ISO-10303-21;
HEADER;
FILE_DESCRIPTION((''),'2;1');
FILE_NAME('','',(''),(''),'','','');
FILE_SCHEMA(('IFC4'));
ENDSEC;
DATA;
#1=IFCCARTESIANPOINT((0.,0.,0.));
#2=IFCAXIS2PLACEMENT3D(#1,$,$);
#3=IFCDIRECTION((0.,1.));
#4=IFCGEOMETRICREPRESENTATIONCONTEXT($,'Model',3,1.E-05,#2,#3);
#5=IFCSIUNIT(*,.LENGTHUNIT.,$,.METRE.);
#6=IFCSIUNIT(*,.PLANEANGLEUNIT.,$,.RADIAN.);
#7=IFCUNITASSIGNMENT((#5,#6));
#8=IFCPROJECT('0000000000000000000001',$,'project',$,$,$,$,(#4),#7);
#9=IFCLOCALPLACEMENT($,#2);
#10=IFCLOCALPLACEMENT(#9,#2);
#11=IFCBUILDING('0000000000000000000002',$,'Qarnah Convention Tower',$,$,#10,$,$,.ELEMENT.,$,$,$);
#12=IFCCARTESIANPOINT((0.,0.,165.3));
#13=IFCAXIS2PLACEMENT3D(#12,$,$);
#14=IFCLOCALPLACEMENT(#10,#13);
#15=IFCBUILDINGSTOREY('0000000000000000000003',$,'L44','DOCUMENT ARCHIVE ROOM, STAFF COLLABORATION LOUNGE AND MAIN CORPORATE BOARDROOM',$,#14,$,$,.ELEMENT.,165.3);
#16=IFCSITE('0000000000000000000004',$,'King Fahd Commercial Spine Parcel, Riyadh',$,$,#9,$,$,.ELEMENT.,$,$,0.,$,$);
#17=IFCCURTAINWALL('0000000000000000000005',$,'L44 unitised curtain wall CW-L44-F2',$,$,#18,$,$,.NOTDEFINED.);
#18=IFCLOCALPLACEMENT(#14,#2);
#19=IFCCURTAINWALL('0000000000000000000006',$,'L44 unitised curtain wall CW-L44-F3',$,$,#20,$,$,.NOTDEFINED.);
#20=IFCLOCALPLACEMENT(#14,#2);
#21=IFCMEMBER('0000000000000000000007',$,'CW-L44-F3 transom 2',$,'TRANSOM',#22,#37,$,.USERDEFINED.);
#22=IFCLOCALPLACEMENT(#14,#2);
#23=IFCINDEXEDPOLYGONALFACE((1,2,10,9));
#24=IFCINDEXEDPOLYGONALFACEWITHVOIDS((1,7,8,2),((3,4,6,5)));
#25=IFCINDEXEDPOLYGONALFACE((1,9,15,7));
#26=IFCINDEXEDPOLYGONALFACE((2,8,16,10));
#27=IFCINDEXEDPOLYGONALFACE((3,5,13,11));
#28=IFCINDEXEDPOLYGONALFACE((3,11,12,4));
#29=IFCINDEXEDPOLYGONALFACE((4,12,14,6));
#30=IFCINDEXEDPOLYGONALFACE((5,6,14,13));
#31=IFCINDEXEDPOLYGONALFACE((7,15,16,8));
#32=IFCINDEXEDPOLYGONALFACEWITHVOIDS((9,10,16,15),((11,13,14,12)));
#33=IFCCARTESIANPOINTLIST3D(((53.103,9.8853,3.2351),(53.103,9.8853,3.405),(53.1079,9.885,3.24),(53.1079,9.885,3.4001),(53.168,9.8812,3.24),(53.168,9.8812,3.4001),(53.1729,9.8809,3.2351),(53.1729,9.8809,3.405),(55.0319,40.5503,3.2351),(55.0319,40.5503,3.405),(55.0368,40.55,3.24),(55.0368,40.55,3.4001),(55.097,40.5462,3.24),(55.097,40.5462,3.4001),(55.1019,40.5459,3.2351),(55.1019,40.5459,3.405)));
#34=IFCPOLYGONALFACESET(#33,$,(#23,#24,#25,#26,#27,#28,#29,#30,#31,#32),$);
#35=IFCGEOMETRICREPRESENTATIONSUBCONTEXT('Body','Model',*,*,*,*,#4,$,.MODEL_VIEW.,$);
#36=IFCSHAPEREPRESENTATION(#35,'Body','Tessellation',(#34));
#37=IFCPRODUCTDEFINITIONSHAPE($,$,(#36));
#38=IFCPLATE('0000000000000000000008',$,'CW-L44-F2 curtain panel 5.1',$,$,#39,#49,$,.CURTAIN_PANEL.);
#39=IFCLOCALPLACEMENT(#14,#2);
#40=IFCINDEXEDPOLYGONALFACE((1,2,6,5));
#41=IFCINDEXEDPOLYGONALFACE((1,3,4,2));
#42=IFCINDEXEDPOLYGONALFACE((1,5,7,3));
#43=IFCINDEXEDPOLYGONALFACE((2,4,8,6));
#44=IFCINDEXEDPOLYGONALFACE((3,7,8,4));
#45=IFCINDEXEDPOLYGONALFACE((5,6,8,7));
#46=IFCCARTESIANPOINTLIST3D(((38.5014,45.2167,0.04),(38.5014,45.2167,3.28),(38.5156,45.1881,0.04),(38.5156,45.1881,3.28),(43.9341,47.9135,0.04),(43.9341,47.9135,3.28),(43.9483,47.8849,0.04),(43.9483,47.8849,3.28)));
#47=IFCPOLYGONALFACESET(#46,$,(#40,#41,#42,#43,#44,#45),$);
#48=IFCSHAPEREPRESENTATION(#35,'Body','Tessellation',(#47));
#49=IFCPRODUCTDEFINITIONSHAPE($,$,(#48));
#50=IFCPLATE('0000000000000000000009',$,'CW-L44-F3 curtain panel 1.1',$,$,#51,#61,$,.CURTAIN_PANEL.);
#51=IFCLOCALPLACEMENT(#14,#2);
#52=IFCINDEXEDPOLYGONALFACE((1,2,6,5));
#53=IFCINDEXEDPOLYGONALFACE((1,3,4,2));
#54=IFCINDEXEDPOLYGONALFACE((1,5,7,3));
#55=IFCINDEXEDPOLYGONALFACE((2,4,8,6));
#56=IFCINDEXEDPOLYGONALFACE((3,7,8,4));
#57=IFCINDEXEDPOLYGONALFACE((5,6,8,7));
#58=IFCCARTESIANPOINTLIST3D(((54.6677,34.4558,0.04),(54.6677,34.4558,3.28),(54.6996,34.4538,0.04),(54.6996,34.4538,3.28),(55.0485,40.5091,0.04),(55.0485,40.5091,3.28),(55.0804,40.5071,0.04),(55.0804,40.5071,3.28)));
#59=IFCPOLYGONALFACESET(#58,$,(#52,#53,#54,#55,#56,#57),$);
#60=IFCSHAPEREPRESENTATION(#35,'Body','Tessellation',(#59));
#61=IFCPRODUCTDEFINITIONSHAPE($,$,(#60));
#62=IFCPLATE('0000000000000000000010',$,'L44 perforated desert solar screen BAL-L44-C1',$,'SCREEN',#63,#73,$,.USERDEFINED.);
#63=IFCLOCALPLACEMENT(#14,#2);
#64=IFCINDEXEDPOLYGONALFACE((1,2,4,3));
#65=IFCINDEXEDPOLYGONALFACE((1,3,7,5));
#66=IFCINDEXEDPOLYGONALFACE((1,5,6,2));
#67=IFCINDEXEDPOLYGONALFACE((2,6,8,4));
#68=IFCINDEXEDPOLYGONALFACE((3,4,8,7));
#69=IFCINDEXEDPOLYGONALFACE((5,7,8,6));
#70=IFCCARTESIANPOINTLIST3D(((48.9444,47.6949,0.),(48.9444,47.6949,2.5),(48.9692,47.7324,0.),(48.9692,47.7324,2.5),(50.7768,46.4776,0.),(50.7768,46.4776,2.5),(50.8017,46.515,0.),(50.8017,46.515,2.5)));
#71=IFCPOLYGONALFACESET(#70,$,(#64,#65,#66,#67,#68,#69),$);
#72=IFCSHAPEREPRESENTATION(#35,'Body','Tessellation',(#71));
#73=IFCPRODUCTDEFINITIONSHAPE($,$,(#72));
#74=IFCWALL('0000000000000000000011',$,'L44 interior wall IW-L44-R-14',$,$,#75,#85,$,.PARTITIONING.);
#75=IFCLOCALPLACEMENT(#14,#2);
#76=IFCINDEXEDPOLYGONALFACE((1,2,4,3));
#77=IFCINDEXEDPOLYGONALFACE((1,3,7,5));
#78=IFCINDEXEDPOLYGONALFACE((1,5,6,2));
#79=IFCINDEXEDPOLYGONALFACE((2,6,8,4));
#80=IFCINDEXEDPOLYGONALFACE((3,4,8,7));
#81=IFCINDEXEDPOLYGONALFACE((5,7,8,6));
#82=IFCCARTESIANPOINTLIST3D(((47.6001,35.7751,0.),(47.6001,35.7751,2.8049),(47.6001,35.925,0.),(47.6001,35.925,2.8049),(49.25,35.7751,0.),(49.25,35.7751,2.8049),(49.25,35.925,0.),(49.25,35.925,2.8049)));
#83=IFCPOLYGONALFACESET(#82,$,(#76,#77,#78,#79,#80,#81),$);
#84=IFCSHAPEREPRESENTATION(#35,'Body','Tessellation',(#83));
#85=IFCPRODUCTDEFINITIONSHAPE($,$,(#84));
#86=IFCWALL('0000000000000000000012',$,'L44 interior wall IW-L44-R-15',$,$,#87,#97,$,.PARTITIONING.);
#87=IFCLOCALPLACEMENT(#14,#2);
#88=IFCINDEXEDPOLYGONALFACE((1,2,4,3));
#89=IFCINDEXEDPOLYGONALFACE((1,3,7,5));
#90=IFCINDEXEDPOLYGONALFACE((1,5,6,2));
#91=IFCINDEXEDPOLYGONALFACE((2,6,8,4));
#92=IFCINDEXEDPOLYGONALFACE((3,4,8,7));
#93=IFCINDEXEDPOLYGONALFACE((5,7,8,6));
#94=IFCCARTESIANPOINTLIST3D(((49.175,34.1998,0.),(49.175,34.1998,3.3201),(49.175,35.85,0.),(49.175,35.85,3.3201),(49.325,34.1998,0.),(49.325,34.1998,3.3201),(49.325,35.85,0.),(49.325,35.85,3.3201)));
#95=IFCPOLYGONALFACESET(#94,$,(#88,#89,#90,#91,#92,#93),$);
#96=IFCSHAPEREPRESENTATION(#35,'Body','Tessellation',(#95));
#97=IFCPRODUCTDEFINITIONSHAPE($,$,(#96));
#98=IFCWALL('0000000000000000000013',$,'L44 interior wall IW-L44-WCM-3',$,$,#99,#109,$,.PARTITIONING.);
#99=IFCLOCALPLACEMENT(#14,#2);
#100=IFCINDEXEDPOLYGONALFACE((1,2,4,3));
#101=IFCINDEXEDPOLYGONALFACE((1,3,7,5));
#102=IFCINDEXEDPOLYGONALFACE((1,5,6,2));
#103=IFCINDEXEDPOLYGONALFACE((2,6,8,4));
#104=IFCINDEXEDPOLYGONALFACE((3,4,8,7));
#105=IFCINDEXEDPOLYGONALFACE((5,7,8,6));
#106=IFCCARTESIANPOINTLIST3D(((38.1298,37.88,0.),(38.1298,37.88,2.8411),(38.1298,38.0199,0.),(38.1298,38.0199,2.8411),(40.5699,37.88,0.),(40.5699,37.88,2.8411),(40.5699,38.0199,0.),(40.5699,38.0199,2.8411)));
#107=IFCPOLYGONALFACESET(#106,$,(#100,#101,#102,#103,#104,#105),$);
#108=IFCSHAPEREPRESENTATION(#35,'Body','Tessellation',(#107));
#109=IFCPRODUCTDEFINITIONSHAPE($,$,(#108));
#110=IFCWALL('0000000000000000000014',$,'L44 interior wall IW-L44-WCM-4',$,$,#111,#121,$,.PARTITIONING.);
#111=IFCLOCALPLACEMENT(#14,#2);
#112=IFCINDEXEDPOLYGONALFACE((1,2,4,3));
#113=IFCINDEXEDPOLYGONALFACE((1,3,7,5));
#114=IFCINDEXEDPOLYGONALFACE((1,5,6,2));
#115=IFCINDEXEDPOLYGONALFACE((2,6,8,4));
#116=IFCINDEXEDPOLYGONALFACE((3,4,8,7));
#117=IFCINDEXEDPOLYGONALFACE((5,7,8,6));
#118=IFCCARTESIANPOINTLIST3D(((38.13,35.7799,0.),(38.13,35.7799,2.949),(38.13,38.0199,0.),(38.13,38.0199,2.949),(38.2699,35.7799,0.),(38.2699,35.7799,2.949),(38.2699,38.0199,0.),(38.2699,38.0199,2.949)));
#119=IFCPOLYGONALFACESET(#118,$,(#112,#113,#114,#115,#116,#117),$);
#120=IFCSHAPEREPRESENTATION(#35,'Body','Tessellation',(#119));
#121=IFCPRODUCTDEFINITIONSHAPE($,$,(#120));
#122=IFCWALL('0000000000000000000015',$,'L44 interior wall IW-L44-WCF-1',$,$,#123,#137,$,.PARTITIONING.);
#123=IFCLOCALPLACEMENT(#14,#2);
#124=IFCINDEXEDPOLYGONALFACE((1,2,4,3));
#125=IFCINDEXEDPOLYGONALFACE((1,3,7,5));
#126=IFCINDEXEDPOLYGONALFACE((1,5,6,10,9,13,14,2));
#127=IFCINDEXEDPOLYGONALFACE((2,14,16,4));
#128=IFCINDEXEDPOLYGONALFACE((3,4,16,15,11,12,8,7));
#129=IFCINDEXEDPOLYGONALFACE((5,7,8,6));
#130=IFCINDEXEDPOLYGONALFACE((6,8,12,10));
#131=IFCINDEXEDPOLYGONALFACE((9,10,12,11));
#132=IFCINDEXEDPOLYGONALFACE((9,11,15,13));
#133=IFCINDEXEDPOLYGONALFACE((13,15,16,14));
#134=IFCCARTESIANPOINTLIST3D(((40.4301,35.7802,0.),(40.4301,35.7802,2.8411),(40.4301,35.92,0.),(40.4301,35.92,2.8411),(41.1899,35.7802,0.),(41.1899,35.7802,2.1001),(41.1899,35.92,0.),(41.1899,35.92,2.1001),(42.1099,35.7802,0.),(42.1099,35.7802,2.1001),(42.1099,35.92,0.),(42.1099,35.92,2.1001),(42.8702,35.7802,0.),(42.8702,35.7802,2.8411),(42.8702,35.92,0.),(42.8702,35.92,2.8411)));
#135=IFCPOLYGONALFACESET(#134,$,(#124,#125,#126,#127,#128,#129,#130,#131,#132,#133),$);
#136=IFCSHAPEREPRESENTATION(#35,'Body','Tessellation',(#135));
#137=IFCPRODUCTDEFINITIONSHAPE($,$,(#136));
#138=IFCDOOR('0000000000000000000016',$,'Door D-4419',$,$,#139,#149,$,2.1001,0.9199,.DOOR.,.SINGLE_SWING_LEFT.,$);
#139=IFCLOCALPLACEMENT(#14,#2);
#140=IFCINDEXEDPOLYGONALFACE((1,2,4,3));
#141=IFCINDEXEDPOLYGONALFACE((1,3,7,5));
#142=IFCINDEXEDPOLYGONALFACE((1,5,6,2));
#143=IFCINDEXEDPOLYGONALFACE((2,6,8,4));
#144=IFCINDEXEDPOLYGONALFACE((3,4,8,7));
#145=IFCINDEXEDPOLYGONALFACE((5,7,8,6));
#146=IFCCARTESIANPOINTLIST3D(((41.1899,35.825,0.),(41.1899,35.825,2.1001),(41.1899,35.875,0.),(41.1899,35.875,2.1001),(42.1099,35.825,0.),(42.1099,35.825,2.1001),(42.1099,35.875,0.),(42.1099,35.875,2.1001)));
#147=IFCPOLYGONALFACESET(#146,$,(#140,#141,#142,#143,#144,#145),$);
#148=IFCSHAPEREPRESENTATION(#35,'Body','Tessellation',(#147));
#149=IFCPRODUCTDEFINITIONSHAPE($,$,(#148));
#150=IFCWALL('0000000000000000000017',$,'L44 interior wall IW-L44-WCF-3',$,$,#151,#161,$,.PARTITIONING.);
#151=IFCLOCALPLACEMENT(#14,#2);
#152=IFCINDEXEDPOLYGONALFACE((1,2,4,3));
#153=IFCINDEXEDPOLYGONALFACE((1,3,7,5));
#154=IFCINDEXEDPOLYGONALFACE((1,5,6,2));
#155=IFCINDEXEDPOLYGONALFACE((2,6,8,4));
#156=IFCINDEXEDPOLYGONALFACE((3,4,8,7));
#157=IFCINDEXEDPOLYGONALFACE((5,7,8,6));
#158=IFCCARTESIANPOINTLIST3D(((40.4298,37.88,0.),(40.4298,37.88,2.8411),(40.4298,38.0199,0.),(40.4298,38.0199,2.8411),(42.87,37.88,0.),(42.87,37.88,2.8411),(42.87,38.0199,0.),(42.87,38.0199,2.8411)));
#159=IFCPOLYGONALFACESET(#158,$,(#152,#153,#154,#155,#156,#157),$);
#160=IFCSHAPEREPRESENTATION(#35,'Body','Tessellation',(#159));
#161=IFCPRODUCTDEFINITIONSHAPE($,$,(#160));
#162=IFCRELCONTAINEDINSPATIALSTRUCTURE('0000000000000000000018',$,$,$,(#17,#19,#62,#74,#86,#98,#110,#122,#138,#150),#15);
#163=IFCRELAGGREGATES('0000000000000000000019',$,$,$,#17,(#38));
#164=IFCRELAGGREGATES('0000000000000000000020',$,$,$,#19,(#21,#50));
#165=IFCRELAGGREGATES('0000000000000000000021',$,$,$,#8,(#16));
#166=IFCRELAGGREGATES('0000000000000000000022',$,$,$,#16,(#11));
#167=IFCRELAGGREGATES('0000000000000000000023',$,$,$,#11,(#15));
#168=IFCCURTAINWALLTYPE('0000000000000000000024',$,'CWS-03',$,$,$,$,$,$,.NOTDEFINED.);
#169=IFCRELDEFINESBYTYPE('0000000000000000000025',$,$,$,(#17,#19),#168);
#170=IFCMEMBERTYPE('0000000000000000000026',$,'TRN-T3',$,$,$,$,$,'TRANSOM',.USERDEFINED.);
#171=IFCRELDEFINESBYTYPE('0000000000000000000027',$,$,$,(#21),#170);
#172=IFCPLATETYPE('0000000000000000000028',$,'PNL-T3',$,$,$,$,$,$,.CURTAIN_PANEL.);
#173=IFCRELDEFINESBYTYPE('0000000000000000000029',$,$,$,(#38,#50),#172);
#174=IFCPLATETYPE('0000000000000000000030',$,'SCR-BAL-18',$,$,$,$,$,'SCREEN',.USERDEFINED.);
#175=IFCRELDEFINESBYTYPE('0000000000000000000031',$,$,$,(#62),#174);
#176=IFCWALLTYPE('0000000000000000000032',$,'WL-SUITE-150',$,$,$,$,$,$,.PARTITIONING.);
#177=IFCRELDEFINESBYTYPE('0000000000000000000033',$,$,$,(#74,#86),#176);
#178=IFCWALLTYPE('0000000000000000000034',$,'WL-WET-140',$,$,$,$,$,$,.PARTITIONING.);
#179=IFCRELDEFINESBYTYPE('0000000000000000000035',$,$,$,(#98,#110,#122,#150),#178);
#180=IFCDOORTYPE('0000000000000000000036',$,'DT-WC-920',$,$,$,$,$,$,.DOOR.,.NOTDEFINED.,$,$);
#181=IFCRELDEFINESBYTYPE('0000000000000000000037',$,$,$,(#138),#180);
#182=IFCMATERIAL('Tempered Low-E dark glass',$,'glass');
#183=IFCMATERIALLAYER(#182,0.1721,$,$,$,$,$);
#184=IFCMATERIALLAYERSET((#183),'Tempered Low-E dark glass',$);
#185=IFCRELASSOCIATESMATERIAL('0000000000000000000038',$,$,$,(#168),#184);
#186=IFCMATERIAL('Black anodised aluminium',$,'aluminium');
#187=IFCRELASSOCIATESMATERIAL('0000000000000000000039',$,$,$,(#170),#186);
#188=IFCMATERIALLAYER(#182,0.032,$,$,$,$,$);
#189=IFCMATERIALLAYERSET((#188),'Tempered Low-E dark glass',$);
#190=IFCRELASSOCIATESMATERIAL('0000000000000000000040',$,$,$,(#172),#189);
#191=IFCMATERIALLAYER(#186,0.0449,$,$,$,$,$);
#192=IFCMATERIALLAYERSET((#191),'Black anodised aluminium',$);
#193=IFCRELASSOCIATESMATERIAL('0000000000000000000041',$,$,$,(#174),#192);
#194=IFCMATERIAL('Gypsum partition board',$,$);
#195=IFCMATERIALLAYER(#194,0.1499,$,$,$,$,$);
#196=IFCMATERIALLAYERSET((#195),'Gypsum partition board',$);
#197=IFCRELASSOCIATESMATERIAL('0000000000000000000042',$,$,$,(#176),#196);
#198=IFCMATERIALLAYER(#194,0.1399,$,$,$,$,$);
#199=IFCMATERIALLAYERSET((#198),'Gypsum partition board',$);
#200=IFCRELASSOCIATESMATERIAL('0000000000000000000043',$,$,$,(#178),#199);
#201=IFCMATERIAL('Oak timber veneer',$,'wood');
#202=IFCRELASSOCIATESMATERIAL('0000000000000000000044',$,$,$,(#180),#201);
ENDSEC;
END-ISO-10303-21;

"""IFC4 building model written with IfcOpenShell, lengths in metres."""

from ifc_helpers import new_model, si_unit, direction, frame, frame_2d, origin, origin_2d, place, context, subcontext, project, spatial, rectangle, hollow_rectangle, extrude, material, layer, layer_set, material_profile, profile_set, type_object, element, fill, aggregate, save


model = new_model("IFC4")

# Units and contexts
model_context = context("Model", 3, precision=1e-05, world=origin(), true_north=direction((0.0, 1.0)))
body_context = subcontext(model_context, "Body", "Model", "MODEL_VIEW")
ifc_project = project(units=[si_unit("LENGTHUNIT", "METRE"), si_unit("PLANEANGLEUNIT", "RADIAN")], contexts=[model_context])

# Site, building, storey
site_placement = place(None, origin())
site = spatial("IfcSite", under=ifc_project, at=site_placement, Name="King Fahd Commercial Spine Parcel, Riyadh", CompositionType="ELEMENT", RefElevation=0.0)
building_placement = place(site_placement, origin())
building = spatial("IfcBuilding", under=site, at=building_placement, Name="Qarnah Convention Tower", CompositionType="ELEMENT")
storey_placement = place(building_placement, frame((0.0, 0.0, 165.3)))
storey = spatial("IfcBuildingStorey", under=building, at=storey_placement, Name="L44", Description="DOCUMENT ARCHIVE ROOM, STAFF COLLABORATION LOUNGE AND MAIN CORPORATE BOARDROOM", CompositionType="ELEMENT", Elevation=165.3)

# Curtain walls, member
ifc_material_1 = material(Name="Tempered Low-E dark glass", Category="glass")
ifc_layer_1 = layer(ifc_material_1, 0.1721)
ifc_layer_set_1 = layer_set([ifc_layer_1], Name="Tempered Low-E dark glass")
curtain_wall_type = type_object("IfcCurtainWallType", Name="CWS-03", PredefinedType="NOTDEFINED", material=ifc_layer_set_1)
curtain_wall_1_placement = place(storey_placement, origin())
curtain_wall_1 = element("IfcCurtainWall", 1, at=curtain_wall_1_placement, inside=storey, type_object=curtain_wall_type, Name="L44 unitised curtain wall CW-L44-F2", PredefinedType="NOTDEFINED")
ifc_material_2 = material(Name="Black anodised aluminium", Category="aluminium")
curtain_wall_2_placement = place(storey_placement, origin())
curtain_wall_2 = element("IfcCurtainWall", 2, at=curtain_wall_2_placement, inside=storey, type_object=curtain_wall_type, Name="L44 unitised curtain wall CW-L44-F3", PredefinedType="NOTDEFINED")
ifc_material_profile_1 = material_profile(ifc_material_2, hollow_rectangle(XDim=0.0701, YDim=0.1699, WallThickness=0.0049, at=origin_2d()), Name="TRN-70X170")
ifc_profile_set_1 = profile_set([ifc_material_profile_1], Name="Black anodised aluminium")
member_type_1 = type_object("IfcMemberType", Name="TRN-T3", ElementType="TRANSOM", PredefinedType="USERDEFINED", material=ifc_profile_set_1)
member_1_placement = place(storey_placement, frame((55.0669, 40.5481, 3.3201), z_axis=(-0.06278, -0.998027, 0.0), x_axis=(0.998027, -0.06278, 0.0)))
member_1 = element("IfcMember", 3, at=member_1_placement, type_object=member_type_1, Name="CW-L44-F3 transom 2", ObjectType="TRANSOM", PredefinedType="USERDEFINED", context=body_context, shape_type="SweptSolid", body=[
    extrude(hollow_rectangle(XDim=0.0701, YDim=0.1699, WallThickness=0.0049, at=origin_2d()), origin(), (0.0, 0.0, 1.0), 30.7256),
])

# Plates
ifc_layer_2 = layer(ifc_material_1, 0.032)
ifc_layer_set_2 = layer_set([ifc_layer_2], Name="Tempered Low-E dark glass")
plate_type_1 = type_object("IfcPlateType", Name="PNL-T3", PredefinedType="CURTAIN_PANEL", material=ifc_layer_set_2)
plate_1_placement = place(storey_placement, frame((41.2249, 46.5508, 0.04), z_axis=(0.0, 0.0, 1.0), x_axis=(0.895712, 0.444634, 0.0)))
plate_1 = element("IfcPlate", 4, at=plate_1_placement, type_object=plate_type_1, Name="CW-L44-F2 curtain panel 5.1", PredefinedType="CURTAIN_PANEL", context=body_context, shape_type="SweptSolid", body=[
    extrude(rectangle(XDim=6.0652, YDim=0.032, at=origin_2d()), origin(), (0.0, 0.0, 1.0), 3.24),
])
aggregate(curtain_wall_1, [plate_1])
plate_2_placement = place(storey_placement, frame((54.874, 37.4814, 0.04), z_axis=(0.0, 0.0, 1.0), x_axis=(-0.062781, -0.998027, 0.0)))
plate_2 = element("IfcPlate", 5, at=plate_2_placement, type_object=plate_type_1, Name="CW-L44-F3 curtain panel 1.1", PredefinedType="CURTAIN_PANEL", context=body_context, shape_type="SweptSolid", body=[
    extrude(rectangle(XDim=6.0652, YDim=0.032, at=origin_2d()), origin(), (0.0, 0.0, 1.0), 3.24),
])
aggregate(curtain_wall_2, [member_1, plate_2])
ifc_layer_3 = layer(ifc_material_2, 0.0449)
ifc_layer_set_3 = layer_set([ifc_layer_3], Name="Black anodised aluminium")
plate_type_2 = type_object("IfcPlateType", Name="SCR-BAL-18", ElementType="SCREEN", PredefinedType="USERDEFINED", material=ifc_layer_set_3)
plate_3_placement = place(storey_placement, frame((49.873, 47.105, 0.0), z_axis=(0.0, 0.0, 1.0), x_axis=(0.832952, -0.553345, 0.0)))
element("IfcPlate", 6, at=plate_3_placement, inside=storey, type_object=plate_type_2, Name="L44 perforated desert solar screen BAL-L44-C1", ObjectType="SCREEN", PredefinedType="USERDEFINED", context=body_context, shape_type="SweptSolid", body=[
    extrude(rectangle(XDim=2.2, YDim=0.0449, at=origin_2d()), origin(), (0.0, 0.0, 1.0), 2.5),
])

# Shared definitions
ifc_material_3 = material(Name="Gypsum partition board")
ifc_layer_4 = layer(ifc_material_3, 0.1499)
ifc_layer_set_4 = layer_set([ifc_layer_4], Name="Gypsum partition board")
wall_type_1 = type_object("IfcWallType", Name="WL-SUITE-150", PredefinedType="PARTITIONING", material=ifc_layer_set_4)
ifc_material_4 = material(Name="Oak timber veneer", Category="wood")

# Walls
wall_1_placement = place(storey_placement, frame((47.6001, 35.8501, 0.0), z_axis=(0.0, 0.0, 1.0), x_axis=(1.0, 0.0, 0.0)))
element("IfcWall", 7, at=wall_1_placement, inside=storey, type_object=wall_type_1, Name="L44 interior wall IW-L44-R-14", PredefinedType="PARTITIONING", context=body_context, shape_type="SweptSolid", body=[
    extrude(rectangle(XDim=1.6499, YDim=0.1499, at=frame_2d((0.825, 0.0))), origin(), (0.0, 0.0, 1.0), 2.8049),
])
wall_2_placement = place(storey_placement, frame((49.25, 35.8501, 0.0), z_axis=(0.0, 0.0, 1.0), x_axis=(0.0, -1.0, 0.0)))
element("IfcWall", 8, at=wall_2_placement, inside=storey, type_object=wall_type_1, Name="L44 interior wall IW-L44-R-15", PredefinedType="PARTITIONING", context=body_context, shape_type="SweptSolid", body=[
    extrude(rectangle(XDim=1.6501, YDim=0.1499, at=frame_2d((0.8252, 0.0))), origin(), (0.0, 0.0, 1.0), 3.3201),
])
ifc_layer_5 = layer(ifc_material_3, 0.1399)
ifc_layer_set_5 = layer_set([ifc_layer_5], Name="Gypsum partition board")
wall_type_2 = type_object("IfcWallType", Name="WL-WET-140", PredefinedType="PARTITIONING", material=ifc_layer_set_5)
wall_3_placement = place(storey_placement, frame((40.5701, 37.95, 0.0), z_axis=(0.0, 0.0, 1.0), x_axis=(-1.0, 0.0, 0.0)))
element("IfcWall", 9, at=wall_3_placement, inside=storey, type_object=wall_type_2, Name="L44 interior wall IW-L44-WCM-3", PredefinedType="PARTITIONING", context=body_context, shape_type="SweptSolid", body=[
    extrude(rectangle(XDim=2.4402, YDim=0.1399, at=frame_2d((1.2202, 0.0))), origin(), (0.0, 0.0, 1.0), 2.8411),
])
wall_4_placement = place(storey_placement, frame((38.2, 38.02, 0.0), z_axis=(0.0, 0.0, 1.0), x_axis=(0.0, -1.0, 0.0)))
element("IfcWall", 10, at=wall_4_placement, inside=storey, type_object=wall_type_2, Name="L44 interior wall IW-L44-WCM-4", PredefinedType="PARTITIONING", context=body_context, shape_type="SweptSolid", body=[
    extrude(rectangle(XDim=2.24, YDim=0.1399, at=frame_2d((1.1201, 0.0))), origin(), (0.0, 0.0, 1.0), 2.949),
])

# Wall, opening, door
wall_5_placement = place(storey_placement, frame((40.4299, 35.8501, 0.0), z_axis=(0.0, 0.0, 1.0), x_axis=(1.0, 0.0, 0.0)))
wall_5 = element("IfcWall", 11, at=wall_5_placement, inside=storey, type_object=wall_type_2, Name="L44 interior wall IW-L44-WCF-1", PredefinedType="PARTITIONING", context=body_context, shape_type="SweptSolid", body=[
    extrude(rectangle(XDim=2.4402, YDim=0.1399, at=frame_2d((1.2202, 0.0))), origin(), (0.0, 0.0, 1.0), 2.8411),
])
opening_1_placement = place(wall_5_placement, frame((0.76, 0.0, 0.0)))
opening_1 = element("IfcOpeningElement", 12, at=opening_1_placement, cuts=wall_5, PredefinedType="OPENING", context=body_context, shape_type="SweptSolid", body=[
    extrude(rectangle(XDim=0.9199, YDim=2.1001, at=frame_2d((0.46, 1.05))), frame((0.0, 0.0798, 0.0), z_axis=(0.0, -1.0, 0.0), x_axis=(1.0, 0.0, 0.0)), (0.0, 0.0, 1.0), 0.1599),
])
door_type_1 = type_object("IfcDoorType", Name="DT-WC-920", OperationType="NOTDEFINED", PredefinedType="DOOR", material=ifc_material_4)
door_1_placement = place(opening_1_placement, origin())
door_1 = element("IfcDoor", 13, at=door_1_placement, inside=storey, type_object=door_type_1, Name="Door D-4419", OperationType="SINGLE_SWING_LEFT", OverallHeight=2.1001, OverallWidth=0.9199, PredefinedType="DOOR", context=body_context, shape_type="SweptSolid", body=[
    extrude(rectangle(XDim=0.9199, YDim=2.1001, at=frame_2d((0.46, 1.05))), frame((0.0, 0.0249, 0.0), z_axis=(0.0, -1.0, 0.0), x_axis=(1.0, 0.0, 0.0)), (0.0, 0.0, 1.0), 0.05),
])
fill(opening_1, door_1)

# Wall
wall_6_placement = place(storey_placement, frame((42.8701, 37.95, 0.0), z_axis=(0.0, 0.0, 1.0), x_axis=(-1.0, 0.0, 0.0)))
element("IfcWall", 14, at=wall_6_placement, inside=storey, type_object=wall_type_2, Name="L44 interior wall IW-L44-WCF-3", PredefinedType="PARTITIONING", context=body_context, shape_type="SweptSolid", body=[
    extrude(rectangle(XDim=2.4402, YDim=0.1399, at=frame_2d((1.2202, 0.0))), origin(), (0.0, 0.0, 1.0), 2.8411),
])

save(model, "model.ifc")
